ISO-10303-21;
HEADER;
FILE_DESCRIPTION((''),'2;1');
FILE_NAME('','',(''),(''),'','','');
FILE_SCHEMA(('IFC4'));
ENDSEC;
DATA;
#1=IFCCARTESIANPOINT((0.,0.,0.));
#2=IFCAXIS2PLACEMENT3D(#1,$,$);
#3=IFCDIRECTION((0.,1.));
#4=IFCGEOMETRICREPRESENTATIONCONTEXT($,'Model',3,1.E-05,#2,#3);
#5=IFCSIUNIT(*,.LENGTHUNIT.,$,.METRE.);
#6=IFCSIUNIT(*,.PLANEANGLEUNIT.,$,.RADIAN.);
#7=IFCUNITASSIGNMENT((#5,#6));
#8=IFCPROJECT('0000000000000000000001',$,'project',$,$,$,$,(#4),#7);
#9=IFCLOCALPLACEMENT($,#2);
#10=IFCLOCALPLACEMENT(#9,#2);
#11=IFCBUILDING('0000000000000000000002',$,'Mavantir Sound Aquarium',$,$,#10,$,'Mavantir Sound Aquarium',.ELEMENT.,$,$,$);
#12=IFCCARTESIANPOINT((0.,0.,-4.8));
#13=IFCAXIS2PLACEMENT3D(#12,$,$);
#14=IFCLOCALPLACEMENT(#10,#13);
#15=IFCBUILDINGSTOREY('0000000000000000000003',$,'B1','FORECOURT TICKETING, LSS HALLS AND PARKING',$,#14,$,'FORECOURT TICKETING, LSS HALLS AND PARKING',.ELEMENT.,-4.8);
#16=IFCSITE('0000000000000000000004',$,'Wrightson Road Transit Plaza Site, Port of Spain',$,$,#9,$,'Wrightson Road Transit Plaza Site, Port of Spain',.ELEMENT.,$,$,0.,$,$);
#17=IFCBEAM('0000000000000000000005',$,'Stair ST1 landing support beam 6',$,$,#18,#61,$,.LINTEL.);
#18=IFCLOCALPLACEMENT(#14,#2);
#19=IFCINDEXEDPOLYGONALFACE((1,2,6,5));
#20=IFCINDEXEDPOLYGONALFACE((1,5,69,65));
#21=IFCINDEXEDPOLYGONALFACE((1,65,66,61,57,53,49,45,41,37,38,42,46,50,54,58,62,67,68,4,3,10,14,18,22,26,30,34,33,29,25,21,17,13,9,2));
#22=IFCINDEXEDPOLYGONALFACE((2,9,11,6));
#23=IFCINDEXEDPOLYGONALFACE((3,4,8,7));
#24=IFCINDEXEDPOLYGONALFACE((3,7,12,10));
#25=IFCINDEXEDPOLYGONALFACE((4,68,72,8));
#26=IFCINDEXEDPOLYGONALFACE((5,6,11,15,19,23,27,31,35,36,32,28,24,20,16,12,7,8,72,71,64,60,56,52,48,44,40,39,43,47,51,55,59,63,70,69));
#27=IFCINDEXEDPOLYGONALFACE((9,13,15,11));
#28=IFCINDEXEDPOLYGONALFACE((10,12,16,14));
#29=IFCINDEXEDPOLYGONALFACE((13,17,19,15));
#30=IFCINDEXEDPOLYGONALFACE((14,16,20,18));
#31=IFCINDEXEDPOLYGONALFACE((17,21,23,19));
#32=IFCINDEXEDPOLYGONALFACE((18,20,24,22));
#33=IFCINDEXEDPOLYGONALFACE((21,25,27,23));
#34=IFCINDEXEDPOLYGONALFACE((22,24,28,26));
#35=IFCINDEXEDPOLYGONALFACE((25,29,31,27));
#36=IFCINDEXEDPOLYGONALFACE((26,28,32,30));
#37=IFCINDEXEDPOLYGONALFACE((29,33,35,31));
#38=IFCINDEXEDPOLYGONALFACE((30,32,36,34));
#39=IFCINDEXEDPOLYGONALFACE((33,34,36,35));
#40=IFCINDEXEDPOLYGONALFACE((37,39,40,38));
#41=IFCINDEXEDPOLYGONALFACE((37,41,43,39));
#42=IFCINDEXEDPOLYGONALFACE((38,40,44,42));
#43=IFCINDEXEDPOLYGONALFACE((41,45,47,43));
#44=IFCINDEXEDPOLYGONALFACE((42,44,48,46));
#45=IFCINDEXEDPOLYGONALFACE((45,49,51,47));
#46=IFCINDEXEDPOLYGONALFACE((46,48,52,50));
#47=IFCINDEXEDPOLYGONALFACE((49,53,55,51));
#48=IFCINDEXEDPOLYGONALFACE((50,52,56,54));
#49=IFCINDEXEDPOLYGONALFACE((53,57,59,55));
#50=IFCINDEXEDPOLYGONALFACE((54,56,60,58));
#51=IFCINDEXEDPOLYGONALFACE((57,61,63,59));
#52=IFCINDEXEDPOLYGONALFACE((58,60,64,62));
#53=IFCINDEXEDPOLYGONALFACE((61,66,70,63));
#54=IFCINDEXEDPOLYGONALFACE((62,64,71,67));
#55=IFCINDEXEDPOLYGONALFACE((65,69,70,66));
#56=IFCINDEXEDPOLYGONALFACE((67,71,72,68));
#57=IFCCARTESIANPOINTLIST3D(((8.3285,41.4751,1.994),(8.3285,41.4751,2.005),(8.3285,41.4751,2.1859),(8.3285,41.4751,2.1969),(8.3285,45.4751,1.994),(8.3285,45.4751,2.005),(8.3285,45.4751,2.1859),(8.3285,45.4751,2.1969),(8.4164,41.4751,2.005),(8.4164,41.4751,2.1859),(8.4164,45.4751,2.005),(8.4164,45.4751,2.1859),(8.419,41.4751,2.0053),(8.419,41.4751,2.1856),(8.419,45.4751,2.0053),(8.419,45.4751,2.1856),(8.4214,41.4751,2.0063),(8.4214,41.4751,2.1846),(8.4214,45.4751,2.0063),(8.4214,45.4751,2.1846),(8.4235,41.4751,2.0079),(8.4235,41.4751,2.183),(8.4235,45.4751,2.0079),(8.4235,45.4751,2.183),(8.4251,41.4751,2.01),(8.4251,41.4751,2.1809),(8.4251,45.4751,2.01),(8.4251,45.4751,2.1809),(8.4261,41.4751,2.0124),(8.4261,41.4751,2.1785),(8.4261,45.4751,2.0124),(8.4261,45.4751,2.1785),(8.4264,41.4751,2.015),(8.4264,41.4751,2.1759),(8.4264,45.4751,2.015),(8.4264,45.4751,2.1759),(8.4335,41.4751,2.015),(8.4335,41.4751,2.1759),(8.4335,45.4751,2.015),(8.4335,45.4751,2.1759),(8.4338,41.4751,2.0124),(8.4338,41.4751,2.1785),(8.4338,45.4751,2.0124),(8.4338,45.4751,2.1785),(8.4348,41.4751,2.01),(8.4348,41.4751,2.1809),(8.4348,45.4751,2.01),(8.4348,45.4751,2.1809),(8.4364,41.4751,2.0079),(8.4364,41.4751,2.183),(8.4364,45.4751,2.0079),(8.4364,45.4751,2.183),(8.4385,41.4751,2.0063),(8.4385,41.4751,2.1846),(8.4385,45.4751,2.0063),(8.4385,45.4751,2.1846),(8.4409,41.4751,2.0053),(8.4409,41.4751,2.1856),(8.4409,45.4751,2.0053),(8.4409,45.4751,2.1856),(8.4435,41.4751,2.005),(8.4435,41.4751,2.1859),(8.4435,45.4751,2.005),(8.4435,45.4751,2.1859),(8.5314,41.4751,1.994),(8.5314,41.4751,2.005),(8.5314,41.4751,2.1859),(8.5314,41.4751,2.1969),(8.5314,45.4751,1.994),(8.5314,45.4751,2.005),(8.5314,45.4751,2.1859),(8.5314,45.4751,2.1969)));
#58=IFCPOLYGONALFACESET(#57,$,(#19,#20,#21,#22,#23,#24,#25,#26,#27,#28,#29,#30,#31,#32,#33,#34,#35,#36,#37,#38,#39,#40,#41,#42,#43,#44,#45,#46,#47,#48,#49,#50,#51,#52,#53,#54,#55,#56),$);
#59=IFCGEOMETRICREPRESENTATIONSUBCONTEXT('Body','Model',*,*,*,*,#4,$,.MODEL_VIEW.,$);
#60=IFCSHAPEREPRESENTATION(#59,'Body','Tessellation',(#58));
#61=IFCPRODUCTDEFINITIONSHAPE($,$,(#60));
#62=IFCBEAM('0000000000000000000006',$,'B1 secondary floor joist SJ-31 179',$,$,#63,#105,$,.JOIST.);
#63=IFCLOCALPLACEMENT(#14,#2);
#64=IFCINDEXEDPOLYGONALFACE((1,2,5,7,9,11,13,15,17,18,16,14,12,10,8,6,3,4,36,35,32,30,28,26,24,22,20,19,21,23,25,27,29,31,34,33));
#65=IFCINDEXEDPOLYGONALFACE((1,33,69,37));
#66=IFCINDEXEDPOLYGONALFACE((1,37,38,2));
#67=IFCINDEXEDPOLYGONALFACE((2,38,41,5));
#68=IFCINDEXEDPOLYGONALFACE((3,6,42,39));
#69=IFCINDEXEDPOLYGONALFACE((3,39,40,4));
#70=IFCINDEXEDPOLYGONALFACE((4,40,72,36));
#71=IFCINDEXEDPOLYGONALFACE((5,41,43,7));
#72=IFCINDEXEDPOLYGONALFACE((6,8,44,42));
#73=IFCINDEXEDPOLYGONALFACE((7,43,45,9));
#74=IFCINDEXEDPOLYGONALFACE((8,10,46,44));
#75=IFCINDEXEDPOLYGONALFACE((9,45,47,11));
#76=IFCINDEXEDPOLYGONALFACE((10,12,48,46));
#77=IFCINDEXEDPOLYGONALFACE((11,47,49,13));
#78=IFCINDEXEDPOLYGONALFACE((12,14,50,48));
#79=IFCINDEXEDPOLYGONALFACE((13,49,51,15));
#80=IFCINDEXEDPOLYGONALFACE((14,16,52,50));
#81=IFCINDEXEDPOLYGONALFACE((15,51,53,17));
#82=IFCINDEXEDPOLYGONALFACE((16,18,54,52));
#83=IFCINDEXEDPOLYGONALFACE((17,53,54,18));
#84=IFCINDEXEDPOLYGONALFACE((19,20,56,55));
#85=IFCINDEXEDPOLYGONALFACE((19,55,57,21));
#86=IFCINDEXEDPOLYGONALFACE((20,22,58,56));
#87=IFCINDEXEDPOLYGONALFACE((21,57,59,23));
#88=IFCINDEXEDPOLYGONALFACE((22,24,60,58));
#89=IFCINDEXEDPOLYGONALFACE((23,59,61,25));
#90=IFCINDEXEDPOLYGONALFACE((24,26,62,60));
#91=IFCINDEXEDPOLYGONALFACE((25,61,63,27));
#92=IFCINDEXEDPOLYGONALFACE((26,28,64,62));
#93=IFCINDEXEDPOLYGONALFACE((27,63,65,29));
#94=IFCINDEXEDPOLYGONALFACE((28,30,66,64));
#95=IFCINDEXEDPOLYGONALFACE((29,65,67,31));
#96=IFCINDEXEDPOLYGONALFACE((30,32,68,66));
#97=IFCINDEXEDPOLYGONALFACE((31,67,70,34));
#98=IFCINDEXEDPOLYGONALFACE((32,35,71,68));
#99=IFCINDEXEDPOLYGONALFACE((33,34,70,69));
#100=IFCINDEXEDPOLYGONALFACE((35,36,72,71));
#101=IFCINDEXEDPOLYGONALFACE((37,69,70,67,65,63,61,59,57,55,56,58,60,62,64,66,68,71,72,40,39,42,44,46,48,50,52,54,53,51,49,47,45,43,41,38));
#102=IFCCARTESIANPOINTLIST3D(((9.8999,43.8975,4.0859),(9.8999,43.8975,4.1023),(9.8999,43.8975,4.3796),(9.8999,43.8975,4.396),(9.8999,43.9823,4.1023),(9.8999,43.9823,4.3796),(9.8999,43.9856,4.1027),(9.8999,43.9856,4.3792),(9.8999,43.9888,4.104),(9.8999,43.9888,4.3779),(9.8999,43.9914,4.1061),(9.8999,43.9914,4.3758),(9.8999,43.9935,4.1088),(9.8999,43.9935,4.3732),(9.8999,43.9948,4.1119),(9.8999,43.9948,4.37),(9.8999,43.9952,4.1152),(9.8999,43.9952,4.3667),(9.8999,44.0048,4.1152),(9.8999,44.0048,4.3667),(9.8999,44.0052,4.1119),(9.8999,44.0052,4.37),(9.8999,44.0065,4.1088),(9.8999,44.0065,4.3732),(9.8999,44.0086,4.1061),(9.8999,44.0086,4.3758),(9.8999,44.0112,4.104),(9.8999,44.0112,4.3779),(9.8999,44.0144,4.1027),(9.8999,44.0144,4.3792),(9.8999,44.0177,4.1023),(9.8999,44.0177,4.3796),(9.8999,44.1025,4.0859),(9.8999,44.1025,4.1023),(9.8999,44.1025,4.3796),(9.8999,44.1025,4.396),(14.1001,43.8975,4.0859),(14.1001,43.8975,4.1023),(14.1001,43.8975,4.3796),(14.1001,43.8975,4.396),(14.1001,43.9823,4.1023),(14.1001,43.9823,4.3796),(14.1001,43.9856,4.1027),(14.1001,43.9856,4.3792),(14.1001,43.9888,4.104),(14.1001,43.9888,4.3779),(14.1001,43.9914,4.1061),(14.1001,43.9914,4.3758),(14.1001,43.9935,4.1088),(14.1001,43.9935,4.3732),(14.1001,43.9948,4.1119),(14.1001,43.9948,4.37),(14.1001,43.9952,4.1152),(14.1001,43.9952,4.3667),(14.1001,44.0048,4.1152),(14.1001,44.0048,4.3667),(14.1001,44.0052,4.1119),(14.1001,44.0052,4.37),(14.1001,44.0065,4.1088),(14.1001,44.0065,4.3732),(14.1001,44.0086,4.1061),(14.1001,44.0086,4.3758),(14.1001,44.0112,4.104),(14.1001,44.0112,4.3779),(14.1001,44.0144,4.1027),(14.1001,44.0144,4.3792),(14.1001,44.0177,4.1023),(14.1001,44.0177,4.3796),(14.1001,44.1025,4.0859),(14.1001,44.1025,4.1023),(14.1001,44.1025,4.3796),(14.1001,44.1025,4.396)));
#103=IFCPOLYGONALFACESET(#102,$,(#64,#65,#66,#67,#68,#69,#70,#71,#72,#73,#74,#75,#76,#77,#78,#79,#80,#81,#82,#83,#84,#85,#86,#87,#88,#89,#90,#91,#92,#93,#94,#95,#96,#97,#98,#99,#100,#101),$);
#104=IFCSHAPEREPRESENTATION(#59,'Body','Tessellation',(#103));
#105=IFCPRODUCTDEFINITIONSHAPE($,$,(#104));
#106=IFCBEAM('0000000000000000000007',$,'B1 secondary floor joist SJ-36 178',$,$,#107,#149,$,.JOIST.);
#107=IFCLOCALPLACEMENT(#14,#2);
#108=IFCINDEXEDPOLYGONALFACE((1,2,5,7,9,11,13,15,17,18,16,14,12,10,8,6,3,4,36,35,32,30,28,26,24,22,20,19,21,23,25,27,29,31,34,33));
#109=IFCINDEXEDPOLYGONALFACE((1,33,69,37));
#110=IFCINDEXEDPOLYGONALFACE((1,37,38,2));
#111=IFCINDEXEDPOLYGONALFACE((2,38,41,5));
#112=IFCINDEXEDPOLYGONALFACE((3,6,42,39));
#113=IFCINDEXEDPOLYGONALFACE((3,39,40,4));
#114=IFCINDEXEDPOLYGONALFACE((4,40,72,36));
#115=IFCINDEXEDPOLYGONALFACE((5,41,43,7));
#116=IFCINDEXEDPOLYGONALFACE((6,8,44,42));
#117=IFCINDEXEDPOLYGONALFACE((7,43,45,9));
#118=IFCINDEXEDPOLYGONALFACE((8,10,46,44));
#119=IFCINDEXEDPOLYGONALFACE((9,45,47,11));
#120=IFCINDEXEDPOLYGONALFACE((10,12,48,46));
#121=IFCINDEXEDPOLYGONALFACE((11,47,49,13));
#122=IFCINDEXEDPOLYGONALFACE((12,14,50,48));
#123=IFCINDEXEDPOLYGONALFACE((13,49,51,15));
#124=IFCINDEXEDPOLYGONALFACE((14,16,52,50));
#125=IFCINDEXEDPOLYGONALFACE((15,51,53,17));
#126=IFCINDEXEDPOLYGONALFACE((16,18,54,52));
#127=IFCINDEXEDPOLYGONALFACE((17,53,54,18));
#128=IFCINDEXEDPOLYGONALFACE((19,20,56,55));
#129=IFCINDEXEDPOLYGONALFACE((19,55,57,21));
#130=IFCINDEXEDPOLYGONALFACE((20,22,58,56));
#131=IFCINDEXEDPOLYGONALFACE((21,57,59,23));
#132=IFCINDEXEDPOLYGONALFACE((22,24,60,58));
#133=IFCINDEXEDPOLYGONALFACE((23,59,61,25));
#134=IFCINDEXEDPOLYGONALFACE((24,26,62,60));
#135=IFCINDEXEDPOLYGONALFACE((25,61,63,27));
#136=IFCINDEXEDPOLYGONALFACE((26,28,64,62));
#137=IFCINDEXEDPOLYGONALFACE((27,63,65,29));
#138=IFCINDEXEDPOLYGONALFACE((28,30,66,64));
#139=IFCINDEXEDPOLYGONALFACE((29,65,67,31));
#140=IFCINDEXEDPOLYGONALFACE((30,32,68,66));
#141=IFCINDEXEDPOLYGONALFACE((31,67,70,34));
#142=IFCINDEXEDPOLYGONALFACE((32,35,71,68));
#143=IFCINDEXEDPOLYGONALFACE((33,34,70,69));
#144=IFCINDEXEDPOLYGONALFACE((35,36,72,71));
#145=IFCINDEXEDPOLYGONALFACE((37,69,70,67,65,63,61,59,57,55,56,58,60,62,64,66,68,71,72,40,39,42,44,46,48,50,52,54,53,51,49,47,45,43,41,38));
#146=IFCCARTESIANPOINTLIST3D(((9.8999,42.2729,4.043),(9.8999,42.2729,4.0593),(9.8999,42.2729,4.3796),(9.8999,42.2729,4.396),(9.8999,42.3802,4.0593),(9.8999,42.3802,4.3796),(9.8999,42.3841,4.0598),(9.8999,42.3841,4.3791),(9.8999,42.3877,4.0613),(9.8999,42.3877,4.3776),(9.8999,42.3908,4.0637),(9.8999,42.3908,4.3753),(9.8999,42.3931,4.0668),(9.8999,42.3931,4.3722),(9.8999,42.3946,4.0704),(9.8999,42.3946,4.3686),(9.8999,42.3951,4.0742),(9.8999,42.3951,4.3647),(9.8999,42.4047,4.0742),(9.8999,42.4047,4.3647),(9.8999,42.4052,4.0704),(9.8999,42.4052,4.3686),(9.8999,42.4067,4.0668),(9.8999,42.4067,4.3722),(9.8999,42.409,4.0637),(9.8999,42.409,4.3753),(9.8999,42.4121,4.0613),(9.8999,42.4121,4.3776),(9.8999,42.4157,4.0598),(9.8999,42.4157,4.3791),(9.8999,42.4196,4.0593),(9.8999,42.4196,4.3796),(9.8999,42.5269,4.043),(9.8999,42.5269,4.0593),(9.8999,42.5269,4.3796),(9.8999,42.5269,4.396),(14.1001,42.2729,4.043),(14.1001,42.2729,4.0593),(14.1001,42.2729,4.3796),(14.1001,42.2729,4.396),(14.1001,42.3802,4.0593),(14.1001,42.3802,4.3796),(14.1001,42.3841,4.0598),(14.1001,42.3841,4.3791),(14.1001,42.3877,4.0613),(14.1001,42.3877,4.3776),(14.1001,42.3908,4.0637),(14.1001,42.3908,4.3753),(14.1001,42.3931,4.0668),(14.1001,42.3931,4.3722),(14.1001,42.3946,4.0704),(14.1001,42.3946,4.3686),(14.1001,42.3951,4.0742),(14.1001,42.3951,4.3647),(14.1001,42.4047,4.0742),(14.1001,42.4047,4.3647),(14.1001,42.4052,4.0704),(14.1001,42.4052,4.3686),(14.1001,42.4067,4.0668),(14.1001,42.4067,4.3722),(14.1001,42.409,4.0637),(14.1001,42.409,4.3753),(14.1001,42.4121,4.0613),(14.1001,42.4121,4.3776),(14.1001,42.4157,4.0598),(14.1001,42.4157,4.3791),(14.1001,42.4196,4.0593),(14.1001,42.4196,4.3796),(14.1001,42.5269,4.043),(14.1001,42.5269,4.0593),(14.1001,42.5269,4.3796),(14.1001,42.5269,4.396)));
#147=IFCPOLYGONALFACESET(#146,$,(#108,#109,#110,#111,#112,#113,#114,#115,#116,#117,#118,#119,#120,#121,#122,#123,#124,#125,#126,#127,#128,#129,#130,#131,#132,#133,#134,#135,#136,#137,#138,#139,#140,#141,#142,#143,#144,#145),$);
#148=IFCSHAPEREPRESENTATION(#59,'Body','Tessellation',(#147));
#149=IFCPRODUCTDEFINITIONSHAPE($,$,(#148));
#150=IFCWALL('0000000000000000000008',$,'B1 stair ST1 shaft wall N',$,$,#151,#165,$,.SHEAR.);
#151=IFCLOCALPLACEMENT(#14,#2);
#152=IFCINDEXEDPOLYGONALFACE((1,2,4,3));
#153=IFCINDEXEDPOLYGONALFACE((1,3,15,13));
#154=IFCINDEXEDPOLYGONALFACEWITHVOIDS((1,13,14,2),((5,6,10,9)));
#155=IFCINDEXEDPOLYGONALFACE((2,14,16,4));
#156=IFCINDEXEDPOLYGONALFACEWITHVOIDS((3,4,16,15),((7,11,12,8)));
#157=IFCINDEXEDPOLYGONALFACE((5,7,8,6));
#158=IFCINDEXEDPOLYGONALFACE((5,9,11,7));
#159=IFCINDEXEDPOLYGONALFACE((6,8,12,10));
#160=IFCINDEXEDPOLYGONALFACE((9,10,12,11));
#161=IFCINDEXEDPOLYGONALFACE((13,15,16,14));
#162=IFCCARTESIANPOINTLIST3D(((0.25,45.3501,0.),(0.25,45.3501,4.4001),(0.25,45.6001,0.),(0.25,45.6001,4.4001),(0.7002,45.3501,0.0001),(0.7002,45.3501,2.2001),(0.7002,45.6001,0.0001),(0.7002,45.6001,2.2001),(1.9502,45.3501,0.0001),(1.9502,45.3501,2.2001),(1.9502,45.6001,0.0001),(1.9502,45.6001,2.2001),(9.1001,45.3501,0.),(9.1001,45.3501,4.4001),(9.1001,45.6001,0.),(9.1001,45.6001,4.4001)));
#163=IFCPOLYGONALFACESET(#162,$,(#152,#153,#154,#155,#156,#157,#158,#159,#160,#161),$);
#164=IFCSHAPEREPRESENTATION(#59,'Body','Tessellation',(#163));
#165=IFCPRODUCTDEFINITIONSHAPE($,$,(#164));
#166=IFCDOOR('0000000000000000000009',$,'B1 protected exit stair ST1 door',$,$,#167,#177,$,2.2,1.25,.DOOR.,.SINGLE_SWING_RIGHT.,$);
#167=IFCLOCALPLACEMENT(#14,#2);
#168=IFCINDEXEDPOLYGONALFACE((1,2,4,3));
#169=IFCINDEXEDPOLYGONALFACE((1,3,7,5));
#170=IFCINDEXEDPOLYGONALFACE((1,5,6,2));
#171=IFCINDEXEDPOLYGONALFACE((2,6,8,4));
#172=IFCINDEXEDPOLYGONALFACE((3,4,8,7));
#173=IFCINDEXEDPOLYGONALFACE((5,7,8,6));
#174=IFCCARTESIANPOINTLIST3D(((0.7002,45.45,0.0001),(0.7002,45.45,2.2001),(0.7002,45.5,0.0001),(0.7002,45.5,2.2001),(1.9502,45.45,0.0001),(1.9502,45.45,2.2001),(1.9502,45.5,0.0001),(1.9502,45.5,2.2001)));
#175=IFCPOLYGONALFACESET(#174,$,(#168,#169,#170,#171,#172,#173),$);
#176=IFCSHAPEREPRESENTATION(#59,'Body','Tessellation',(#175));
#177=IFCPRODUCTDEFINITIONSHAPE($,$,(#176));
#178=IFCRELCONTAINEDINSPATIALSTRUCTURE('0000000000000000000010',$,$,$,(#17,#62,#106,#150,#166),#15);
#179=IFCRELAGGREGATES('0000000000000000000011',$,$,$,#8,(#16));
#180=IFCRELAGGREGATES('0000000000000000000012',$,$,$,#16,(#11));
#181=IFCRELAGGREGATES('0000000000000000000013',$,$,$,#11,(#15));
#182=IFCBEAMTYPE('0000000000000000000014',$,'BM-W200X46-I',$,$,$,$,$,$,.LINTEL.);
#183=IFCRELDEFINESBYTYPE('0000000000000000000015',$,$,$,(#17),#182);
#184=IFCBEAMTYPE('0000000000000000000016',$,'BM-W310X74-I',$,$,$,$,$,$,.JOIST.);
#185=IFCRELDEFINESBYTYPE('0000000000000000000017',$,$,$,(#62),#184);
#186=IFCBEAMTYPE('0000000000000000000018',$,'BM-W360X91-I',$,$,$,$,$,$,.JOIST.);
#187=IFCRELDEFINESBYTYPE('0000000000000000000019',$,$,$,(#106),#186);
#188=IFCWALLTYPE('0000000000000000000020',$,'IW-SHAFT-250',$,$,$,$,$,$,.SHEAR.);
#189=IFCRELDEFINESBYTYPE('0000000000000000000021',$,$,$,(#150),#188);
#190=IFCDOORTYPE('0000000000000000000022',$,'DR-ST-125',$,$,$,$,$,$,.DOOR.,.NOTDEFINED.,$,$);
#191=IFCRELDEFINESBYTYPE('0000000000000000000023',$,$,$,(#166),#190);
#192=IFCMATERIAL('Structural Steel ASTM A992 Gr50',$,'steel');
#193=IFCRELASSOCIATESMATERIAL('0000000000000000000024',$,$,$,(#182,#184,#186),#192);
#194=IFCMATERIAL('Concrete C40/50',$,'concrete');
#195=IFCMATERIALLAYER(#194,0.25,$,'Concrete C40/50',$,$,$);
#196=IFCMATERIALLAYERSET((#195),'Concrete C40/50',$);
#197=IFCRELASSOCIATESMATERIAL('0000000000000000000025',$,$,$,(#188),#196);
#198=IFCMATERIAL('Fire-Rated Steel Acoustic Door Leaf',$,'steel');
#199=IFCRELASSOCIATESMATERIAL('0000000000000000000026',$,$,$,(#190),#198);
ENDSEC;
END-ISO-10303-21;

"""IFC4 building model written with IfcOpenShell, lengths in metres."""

from ifc_helpers import new_model, si_unit, direction, frame, frame_2d, origin, origin_2d, place, context, subcontext, project, spatial, rectangle, i_section, extrude, material, layer, layer_set, material_profile, profile_set, type_object, element, fill, save


model = new_model("IFC4")

# Units and contexts
model_context = context("Model", 3, precision=1e-05, world=origin(), true_north=direction((0.0, 1.0)))
body_context = subcontext(model_context, "Body", "Model", "MODEL_VIEW")
ifc_project = project(units=[si_unit("LENGTHUNIT", "METRE"), si_unit("PLANEANGLEUNIT", "RADIAN")], contexts=[model_context])

# Site, building, storey
site_placement = place(None, origin())
site = spatial("IfcSite", under=ifc_project, at=site_placement, Name="Wrightson Road Transit Plaza Site, Port of Spain", LongName="Wrightson Road Transit Plaza Site, Port of Spain", CompositionType="ELEMENT", RefElevation=0.0)
building_placement = place(site_placement, origin())
building = spatial("IfcBuilding", under=site, at=building_placement, Name="Mavantir Sound Aquarium", LongName="Mavantir Sound Aquarium", CompositionType="ELEMENT")
storey_placement = place(building_placement, frame((0.0, 0.0, -4.8)))
storey = spatial("IfcBuildingStorey", under=building, at=storey_placement, Name="B1", Description="FORECOURT TICKETING, LSS HALLS AND PARKING", LongName="FORECOURT TICKETING, LSS HALLS AND PARKING", CompositionType="ELEMENT", Elevation=-4.8)

# Shared definitions
ifc_material_1 = material(Name="Concrete C40/50", Category="concrete")

# Beams
ifc_material_2 = material(Name="Structural Steel ASTM A992 Gr50", Category="steel")
ifc_material_profile_1 = material_profile(ifc_material_2, i_section(OverallWidth=0.2029, OverallDepth=0.2029, WebThickness=0.0071, FlangeThickness=0.011, FilletRadius=0.01, at=origin_2d()), Name="W200X46")
ifc_profile_set_1 = profile_set([ifc_material_profile_1], Name="Structural Steel ASTM A992 Gr50")
beam_type_1 = type_object("IfcBeamType", Name="BM-W200X46-I", PredefinedType="LINTEL", material=ifc_profile_set_1)
for number, where, z_axis, x_axis, name in (
    (1, (8.4299, 41.4751, 2.0955), (0.0, 1.0, 0.0), (-1.0, 0.0, 0.0), "Stair ST1 landing support beam 6"),
):
    element("IfcBeam", number, at=place(storey_placement, frame(where, z_axis=z_axis, x_axis=x_axis)), inside=storey, type_object=beam_type_1, Name=name, PredefinedType="LINTEL", context=body_context, shape_type="SweptSolid", body=[
        extrude(i_section(OverallWidth=0.2029, OverallDepth=0.2029, WebThickness=0.0071, FlangeThickness=0.011, FilletRadius=0.01, at=origin_2d()), origin(), (0.0, 0.0, 1.0), 4.0),
    ])
ifc_material_profile_2 = material_profile(ifc_material_2, i_section(OverallWidth=0.2051, OverallDepth=0.3101, WebThickness=0.0095, FlangeThickness=0.0164, FilletRadius=0.0129, at=origin_2d()), Name="W310X74")
ifc_profile_set_2 = profile_set([ifc_material_profile_2], Name="Structural Steel ASTM A992 Gr50")
beam_type_2 = type_object("IfcBeamType", Name="BM-W310X74-I", PredefinedType="JOIST", material=ifc_profile_set_2)
beam_1_placement = place(storey_placement, frame((9.8999, 44.0, 4.241), z_axis=(1.0, 0.0, 0.0), x_axis=(0.0, 1.0, 0.0)))
element("IfcBeam", 2, at=beam_1_placement, inside=storey, type_object=beam_type_2, Name="B1 secondary floor joist SJ-31 179", PredefinedType="JOIST", context=body_context, shape_type="SweptSolid", body=[
    extrude(i_section(OverallWidth=0.2051, OverallDepth=0.3101, WebThickness=0.0095, FlangeThickness=0.0164, FilletRadius=0.0129, at=origin_2d()), origin(), (0.0, 0.0, 1.0), 4.2002),
])
ifc_material_profile_3 = material_profile(ifc_material_2, i_section(OverallWidth=0.2539, OverallDepth=0.353, WebThickness=0.0095, FlangeThickness=0.0164, FilletRadius=0.0149, at=origin_2d()), Name="W360X91")
ifc_profile_set_3 = profile_set([ifc_material_profile_3], Name="Structural Steel ASTM A992 Gr50")
beam_type_3 = type_object("IfcBeamType", Name="BM-W360X91-I", PredefinedType="JOIST", material=ifc_profile_set_3)
beam_2_placement = place(storey_placement, frame((9.8999, 42.3999, 4.2195), z_axis=(1.0, 0.0, 0.0), x_axis=(0.0, 1.0, 0.0)))
element("IfcBeam", 3, at=beam_2_placement, inside=storey, type_object=beam_type_3, Name="B1 secondary floor joist SJ-36 178", PredefinedType="JOIST", context=body_context, shape_type="SweptSolid", body=[
    extrude(i_section(OverallWidth=0.2539, OverallDepth=0.353, WebThickness=0.0095, FlangeThickness=0.0164, FilletRadius=0.0149, at=origin_2d()), origin(), (0.0, 0.0, 1.0), 4.2002),
])

# Wall, opening, door
ifc_layer = layer(ifc_material_1, 0.25, Name="Concrete C40/50")
ifc_layer_set = layer_set([ifc_layer], Name="Concrete C40/50")
wall_type = type_object("IfcWallType", Name="IW-SHAFT-250", PredefinedType="SHEAR", material=ifc_layer_set)
wall_placement = place(storey_placement, frame((9.1001, 45.4751, 0.0), z_axis=(0.0, 0.0, 1.0), x_axis=(-1.0, 0.0, 0.0)))
wall = element("IfcWall", 4, at=wall_placement, inside=storey, type_object=wall_type, Name="B1 stair ST1 shaft wall N", PredefinedType="SHEAR", context=body_context, shape_type="SweptSolid", body=[
    extrude(rectangle(XDim=8.8501, YDim=0.25, at=frame_2d((4.425, 0.0))), origin(), (0.0, 0.0, 1.0), 4.4001),
])
opening_placement = place(wall_placement, frame((8.3999, 0.0, 0.0), z_axis=(0.0, 0.0, 1.0), x_axis=(-1.0, 0.0, 0.0)))
opening = element("IfcOpeningElement", 5, at=opening_placement, cuts=wall, PredefinedType="OPENING", context=body_context, shape_type="SweptSolid", body=[
    extrude(rectangle(XDim=1.25, YDim=2.2, at=frame_2d((0.625, 1.1001))), frame((0.0, 0.135, 0.0), z_axis=(0.0, -1.0, 0.0), x_axis=(1.0, 0.0, 0.0)), (0.0, 0.0, 1.0), 0.27),
])
ifc_material_3 = material(Name="Fire-Rated Steel Acoustic Door Leaf", Category="steel")
door_type = type_object("IfcDoorType", Name="DR-ST-125", OperationType="NOTDEFINED", PredefinedType="DOOR", material=ifc_material_3)
door_placement = place(opening_placement, origin())
door = element("IfcDoor", 6, at=door_placement, inside=storey, type_object=door_type, Name="B1 protected exit stair ST1 door", OperationType="SINGLE_SWING_RIGHT", OverallHeight=2.2, OverallWidth=1.25, PredefinedType="DOOR", context=body_context, shape_type="SweptSolid", body=[
    extrude(rectangle(XDim=1.25, YDim=2.2, at=frame_2d((0.625, 1.1001))), frame((0.0, 0.0249, 0.0), z_axis=(0.0, -1.0, 0.0), x_axis=(1.0, 0.0, 0.0)), (0.0, 0.0, 1.0), 0.05),
])
fill(opening, door)

save(model, "model.ifc")
